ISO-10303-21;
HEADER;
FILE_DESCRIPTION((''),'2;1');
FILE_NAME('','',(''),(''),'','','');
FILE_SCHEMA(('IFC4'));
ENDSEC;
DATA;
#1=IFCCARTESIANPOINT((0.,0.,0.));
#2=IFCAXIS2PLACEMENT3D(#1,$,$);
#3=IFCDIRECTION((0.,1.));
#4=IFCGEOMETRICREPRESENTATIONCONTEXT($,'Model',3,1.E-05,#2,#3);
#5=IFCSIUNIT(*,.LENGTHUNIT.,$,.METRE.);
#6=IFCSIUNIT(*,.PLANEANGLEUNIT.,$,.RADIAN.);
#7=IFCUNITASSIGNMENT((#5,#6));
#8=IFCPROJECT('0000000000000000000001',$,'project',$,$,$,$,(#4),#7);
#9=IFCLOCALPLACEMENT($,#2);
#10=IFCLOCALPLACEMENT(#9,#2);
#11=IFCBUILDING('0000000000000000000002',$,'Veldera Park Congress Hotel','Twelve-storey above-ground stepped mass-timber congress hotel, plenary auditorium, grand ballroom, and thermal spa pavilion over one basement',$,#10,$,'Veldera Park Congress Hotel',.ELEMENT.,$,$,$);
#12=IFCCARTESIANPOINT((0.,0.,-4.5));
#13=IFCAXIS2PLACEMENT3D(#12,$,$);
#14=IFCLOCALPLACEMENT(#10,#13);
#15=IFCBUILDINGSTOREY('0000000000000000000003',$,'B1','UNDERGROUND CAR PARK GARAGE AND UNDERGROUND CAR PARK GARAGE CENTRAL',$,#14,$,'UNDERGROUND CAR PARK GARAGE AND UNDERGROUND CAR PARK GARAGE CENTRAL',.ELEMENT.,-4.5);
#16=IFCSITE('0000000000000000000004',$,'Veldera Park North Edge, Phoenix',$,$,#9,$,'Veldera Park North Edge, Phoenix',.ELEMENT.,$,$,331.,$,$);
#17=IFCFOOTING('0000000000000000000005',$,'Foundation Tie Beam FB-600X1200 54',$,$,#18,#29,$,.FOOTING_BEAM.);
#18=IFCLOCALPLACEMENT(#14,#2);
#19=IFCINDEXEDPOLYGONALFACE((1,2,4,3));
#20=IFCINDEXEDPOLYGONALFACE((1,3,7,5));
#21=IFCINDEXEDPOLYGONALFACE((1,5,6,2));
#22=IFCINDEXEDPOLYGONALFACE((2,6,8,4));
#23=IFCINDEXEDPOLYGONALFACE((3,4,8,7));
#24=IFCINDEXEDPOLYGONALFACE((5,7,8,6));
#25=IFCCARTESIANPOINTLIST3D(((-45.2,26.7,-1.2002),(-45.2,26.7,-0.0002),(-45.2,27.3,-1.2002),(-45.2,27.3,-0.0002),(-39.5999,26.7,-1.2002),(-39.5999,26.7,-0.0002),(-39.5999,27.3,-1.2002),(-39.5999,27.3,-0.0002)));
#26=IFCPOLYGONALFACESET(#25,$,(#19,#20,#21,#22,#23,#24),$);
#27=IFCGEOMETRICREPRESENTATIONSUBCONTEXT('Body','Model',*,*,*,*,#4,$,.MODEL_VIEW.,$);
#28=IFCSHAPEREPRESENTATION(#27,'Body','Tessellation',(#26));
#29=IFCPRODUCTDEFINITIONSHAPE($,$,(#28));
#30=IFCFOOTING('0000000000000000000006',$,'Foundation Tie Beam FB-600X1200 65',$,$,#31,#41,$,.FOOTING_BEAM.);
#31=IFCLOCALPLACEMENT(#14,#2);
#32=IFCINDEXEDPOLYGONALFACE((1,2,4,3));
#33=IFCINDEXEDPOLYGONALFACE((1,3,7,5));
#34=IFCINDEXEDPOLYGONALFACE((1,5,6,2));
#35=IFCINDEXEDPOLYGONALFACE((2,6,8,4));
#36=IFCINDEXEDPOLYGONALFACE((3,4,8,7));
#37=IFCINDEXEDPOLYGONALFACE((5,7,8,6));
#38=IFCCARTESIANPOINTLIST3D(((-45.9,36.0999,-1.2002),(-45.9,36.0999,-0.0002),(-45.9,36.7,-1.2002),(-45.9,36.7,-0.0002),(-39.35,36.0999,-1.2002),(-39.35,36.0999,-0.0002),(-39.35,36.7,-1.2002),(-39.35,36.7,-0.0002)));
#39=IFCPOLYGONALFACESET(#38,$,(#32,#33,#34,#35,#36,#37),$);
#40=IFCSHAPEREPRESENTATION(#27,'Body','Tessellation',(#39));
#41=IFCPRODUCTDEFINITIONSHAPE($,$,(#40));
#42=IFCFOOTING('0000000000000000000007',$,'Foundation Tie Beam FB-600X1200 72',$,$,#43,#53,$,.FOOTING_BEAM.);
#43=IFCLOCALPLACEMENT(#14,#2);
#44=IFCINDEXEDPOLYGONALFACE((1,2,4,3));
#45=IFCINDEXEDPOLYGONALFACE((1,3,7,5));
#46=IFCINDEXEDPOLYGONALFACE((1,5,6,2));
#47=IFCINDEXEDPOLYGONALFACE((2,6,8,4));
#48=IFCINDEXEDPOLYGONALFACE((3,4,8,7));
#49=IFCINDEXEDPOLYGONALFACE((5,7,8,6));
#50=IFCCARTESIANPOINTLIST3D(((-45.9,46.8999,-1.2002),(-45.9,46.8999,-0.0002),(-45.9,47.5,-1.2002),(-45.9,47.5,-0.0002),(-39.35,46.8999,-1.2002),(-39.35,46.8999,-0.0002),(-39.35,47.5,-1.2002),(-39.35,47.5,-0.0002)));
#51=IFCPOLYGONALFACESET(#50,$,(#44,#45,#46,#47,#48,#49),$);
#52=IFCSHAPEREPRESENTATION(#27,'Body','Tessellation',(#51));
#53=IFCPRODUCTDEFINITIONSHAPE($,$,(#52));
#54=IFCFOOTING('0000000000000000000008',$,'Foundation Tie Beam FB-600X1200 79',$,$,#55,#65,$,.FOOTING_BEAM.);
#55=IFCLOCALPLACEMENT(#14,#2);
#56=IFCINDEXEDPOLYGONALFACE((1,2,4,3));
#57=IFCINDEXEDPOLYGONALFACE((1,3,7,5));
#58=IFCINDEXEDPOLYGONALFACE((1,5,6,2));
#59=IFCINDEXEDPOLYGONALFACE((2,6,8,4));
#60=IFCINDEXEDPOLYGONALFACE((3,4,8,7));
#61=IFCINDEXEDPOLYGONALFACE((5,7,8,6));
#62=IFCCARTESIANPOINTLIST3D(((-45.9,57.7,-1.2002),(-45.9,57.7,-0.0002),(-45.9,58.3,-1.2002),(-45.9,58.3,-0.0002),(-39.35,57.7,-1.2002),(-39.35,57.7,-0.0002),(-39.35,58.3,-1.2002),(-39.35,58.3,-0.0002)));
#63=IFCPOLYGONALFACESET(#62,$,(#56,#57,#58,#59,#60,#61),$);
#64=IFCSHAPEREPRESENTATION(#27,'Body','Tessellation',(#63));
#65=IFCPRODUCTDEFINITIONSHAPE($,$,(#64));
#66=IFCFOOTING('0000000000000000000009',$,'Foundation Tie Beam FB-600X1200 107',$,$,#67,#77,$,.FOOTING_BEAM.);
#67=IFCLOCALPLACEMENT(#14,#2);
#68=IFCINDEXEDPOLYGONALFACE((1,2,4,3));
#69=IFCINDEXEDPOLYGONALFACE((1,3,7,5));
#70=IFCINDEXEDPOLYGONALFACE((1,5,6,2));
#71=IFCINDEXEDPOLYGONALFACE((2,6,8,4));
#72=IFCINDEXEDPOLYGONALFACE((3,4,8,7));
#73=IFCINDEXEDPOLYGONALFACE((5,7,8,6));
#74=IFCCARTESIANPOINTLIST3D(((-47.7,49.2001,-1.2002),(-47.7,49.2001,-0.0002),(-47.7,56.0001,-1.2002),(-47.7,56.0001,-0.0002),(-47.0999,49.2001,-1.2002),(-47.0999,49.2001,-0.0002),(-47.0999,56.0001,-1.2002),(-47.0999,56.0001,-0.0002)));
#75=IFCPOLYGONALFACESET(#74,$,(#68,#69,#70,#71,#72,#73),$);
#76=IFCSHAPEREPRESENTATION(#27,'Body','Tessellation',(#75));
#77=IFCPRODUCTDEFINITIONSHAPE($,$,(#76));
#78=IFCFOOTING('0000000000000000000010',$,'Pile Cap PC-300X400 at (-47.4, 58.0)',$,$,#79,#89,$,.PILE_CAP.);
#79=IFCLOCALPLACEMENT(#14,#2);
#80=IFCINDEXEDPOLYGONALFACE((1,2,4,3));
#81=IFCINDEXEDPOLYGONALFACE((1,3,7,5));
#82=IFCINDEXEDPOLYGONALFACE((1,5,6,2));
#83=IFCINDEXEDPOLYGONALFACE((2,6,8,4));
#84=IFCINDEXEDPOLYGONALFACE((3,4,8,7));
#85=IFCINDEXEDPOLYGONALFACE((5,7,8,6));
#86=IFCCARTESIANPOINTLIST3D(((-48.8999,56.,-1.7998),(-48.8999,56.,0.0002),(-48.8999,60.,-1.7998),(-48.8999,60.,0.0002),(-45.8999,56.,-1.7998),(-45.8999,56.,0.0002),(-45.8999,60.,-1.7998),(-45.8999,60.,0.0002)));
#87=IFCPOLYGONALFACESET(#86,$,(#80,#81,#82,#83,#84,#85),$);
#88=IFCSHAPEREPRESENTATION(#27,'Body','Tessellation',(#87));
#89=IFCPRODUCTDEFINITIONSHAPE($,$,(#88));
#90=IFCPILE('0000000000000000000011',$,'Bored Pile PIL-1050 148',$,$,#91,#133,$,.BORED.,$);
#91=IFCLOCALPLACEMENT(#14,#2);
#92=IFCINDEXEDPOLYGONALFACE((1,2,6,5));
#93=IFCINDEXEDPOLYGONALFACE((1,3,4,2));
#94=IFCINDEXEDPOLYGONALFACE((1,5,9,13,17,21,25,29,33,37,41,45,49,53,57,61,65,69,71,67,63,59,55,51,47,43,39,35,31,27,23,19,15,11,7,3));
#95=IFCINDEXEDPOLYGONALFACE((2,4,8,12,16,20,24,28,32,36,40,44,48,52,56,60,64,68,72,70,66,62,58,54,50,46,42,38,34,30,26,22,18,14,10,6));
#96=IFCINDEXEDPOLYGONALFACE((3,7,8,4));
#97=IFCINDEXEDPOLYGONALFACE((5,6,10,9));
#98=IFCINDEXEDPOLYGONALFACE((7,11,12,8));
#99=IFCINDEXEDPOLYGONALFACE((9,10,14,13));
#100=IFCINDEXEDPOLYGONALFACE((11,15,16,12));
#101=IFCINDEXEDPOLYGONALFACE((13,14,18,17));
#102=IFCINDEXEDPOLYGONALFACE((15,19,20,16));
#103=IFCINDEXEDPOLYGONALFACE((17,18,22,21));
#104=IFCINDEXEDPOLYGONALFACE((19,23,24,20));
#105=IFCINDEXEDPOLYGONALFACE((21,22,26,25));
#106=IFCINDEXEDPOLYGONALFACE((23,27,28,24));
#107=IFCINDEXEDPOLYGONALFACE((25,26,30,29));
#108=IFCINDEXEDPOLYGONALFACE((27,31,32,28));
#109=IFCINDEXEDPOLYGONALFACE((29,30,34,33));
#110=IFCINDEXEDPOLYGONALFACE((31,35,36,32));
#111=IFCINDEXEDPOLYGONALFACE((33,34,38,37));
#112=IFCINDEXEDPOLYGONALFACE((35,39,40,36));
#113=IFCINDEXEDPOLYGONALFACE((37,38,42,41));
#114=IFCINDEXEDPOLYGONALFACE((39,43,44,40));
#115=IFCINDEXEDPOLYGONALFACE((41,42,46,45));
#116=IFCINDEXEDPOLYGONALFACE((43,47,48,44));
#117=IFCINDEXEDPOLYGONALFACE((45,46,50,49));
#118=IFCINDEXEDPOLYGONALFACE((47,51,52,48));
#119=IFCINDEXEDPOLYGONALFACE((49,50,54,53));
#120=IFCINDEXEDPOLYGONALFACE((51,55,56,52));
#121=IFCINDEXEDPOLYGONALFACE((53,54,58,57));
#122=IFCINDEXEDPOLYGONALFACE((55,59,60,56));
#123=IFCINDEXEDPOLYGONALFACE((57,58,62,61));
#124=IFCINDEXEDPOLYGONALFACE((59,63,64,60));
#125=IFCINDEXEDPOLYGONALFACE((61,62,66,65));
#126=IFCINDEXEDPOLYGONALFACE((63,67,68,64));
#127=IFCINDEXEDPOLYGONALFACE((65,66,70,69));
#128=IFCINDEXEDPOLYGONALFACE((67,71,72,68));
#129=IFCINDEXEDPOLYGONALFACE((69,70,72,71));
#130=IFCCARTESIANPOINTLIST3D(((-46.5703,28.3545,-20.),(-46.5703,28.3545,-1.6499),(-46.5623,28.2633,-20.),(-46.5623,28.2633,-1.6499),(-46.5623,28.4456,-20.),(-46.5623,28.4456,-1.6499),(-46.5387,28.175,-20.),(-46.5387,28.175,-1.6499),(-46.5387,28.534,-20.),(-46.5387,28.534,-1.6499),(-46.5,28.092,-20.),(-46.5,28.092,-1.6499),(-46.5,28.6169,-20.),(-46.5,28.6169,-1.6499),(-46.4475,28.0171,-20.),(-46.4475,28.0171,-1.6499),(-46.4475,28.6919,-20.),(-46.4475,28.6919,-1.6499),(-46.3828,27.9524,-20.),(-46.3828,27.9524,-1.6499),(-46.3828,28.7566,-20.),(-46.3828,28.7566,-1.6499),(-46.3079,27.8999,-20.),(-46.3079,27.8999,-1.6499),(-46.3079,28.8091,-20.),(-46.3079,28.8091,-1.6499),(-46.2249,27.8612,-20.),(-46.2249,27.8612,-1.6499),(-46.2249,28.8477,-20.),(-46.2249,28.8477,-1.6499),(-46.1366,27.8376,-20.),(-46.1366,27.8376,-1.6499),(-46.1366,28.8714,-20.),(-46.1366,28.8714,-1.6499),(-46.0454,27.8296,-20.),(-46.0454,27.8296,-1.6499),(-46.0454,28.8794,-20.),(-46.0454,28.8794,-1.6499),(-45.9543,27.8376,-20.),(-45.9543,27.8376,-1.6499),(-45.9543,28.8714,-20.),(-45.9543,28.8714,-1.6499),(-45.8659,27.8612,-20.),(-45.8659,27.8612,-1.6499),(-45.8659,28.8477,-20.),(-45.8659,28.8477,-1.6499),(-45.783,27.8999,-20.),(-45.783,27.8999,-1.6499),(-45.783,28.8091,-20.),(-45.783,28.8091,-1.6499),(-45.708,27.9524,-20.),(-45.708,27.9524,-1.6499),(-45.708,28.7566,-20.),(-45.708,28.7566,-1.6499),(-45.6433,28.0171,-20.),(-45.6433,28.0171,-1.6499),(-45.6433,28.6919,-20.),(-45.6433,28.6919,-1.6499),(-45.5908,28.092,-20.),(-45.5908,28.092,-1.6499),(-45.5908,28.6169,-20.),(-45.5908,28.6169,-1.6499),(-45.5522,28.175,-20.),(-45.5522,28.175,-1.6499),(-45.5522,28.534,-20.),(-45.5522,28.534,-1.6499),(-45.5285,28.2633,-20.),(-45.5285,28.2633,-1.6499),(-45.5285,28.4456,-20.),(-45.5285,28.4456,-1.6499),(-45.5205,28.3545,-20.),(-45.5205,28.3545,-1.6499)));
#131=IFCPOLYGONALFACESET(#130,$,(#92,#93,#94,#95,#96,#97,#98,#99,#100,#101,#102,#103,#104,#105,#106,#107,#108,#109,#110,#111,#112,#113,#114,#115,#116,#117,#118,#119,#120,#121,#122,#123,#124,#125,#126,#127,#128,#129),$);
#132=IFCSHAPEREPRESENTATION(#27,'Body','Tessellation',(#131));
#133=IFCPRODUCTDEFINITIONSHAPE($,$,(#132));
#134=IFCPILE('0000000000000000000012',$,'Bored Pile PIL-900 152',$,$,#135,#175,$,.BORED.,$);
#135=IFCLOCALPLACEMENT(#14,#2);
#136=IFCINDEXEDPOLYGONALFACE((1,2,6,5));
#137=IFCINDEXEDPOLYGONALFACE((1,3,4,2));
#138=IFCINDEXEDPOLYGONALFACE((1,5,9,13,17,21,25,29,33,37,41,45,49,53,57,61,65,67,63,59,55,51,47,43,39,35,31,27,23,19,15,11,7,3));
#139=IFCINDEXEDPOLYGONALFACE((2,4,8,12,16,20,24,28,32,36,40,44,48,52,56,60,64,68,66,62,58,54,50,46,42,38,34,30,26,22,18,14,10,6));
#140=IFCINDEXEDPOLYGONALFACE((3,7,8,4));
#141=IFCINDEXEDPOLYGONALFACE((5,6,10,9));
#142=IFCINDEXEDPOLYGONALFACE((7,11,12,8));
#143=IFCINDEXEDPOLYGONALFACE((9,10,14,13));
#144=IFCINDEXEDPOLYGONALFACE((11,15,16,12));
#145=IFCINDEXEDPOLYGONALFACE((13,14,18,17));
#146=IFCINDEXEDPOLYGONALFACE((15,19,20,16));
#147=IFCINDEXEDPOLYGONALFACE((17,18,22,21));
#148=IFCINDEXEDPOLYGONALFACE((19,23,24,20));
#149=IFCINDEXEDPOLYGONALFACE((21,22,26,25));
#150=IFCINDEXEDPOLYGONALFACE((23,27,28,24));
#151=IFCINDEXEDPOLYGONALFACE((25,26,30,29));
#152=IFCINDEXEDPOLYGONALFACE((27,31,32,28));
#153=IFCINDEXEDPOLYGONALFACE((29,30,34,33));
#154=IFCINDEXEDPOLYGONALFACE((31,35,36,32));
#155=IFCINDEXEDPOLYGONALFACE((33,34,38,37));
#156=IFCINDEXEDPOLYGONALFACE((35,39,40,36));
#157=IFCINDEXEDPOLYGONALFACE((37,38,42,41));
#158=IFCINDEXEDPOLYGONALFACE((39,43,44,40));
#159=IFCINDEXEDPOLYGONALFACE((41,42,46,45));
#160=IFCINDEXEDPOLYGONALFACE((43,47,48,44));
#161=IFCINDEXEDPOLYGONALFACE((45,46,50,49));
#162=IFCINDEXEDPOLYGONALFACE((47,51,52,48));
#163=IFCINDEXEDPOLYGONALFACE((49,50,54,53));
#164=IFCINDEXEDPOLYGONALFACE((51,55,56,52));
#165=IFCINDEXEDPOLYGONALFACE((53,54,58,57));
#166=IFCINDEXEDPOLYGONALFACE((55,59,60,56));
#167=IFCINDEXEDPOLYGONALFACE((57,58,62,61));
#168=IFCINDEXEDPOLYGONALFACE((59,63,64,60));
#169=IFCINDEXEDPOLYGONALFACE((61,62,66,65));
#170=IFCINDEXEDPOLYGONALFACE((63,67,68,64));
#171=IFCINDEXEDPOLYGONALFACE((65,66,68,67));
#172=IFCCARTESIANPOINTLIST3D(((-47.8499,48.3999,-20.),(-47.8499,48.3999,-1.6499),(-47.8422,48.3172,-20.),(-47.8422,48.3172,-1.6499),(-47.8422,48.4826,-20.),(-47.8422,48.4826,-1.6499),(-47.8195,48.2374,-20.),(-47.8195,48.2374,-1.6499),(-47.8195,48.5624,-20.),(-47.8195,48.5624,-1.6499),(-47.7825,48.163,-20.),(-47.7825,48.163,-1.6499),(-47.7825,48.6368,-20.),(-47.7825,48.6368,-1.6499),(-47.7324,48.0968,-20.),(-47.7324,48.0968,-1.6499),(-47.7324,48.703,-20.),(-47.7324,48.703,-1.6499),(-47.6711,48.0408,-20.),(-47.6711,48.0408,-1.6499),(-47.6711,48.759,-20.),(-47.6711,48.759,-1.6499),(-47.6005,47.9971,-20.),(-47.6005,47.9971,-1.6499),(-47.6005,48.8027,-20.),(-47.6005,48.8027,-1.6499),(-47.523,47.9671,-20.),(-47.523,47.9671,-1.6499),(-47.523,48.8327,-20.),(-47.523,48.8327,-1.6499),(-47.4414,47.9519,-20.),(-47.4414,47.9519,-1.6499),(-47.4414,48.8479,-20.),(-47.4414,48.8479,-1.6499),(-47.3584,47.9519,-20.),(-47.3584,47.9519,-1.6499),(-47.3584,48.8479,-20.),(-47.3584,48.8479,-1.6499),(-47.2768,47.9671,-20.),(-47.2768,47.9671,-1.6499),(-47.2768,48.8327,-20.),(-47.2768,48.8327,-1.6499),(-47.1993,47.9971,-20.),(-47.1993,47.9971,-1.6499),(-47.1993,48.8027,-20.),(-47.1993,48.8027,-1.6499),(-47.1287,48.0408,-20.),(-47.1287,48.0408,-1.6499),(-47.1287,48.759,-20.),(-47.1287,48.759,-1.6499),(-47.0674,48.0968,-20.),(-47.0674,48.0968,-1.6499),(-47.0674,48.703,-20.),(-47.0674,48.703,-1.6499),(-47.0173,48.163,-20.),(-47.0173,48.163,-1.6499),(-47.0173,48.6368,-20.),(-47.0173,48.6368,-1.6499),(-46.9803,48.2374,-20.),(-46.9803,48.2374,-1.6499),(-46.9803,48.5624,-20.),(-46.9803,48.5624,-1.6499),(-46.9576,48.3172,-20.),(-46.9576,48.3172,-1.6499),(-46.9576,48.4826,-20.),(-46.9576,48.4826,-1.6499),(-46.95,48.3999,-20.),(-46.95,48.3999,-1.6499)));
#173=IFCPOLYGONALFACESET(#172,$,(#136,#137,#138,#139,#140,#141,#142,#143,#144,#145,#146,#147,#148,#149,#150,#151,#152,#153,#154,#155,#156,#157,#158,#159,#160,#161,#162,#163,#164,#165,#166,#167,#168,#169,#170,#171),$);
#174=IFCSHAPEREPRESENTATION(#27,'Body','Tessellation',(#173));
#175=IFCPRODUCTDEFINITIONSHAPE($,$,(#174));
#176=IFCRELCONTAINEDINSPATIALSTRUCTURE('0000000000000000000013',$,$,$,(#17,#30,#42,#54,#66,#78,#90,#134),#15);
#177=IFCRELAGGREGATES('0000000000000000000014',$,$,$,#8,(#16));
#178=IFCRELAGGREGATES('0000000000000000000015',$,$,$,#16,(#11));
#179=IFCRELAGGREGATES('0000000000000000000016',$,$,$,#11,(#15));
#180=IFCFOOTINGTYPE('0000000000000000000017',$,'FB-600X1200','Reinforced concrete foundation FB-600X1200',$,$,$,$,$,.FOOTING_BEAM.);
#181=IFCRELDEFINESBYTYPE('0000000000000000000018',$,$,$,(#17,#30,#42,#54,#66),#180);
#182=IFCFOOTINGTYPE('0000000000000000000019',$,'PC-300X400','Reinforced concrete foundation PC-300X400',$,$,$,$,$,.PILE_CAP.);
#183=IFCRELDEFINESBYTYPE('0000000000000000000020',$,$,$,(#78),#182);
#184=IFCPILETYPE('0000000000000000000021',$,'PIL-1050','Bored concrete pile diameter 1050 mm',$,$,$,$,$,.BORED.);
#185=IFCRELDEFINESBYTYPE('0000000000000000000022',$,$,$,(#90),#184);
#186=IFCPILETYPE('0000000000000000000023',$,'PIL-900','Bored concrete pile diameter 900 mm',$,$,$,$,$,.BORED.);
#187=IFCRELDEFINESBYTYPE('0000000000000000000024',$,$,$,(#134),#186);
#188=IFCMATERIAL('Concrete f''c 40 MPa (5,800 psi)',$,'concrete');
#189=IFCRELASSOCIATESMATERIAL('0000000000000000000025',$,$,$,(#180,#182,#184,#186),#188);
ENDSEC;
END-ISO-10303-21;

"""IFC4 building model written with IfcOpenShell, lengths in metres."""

from ifc_helpers import new_model, si_unit, direction, frame, origin, origin_2d, place, context, subcontext, project, spatial, rectangle, circle, extrude, material, material_profile, profile_set, type_object, element, save


model = new_model("IFC4")

# Units and contexts
model_context = context("Model", 3, precision=1e-05, world=origin(), true_north=direction((0.0, 1.0)))
body_context = subcontext(model_context, "Body", "Model", "MODEL_VIEW")
ifc_project = project(units=[si_unit("LENGTHUNIT", "METRE"), si_unit("PLANEANGLEUNIT", "RADIAN")], contexts=[model_context])

# Site, building, storey
site_placement = place(None, origin())
site = spatial("IfcSite", under=ifc_project, at=site_placement, Name="Veldera Park North Edge, Phoenix", LongName="Veldera Park North Edge, Phoenix", CompositionType="ELEMENT", RefElevation=331.0)
building_placement = place(site_placement, origin())
building = spatial("IfcBuilding", under=site, at=building_placement, Name="Veldera Park Congress Hotel", Description="Twelve-storey above-ground stepped mass-timber congress hotel, plenary auditorium, grand ballroom, and thermal spa pavilion over one basement", LongName="Veldera Park Congress Hotel", CompositionType="ELEMENT")
storey_placement = place(building_placement, frame((0.0, 0.0, -4.5)))
storey = spatial("IfcBuildingStorey", under=building, at=storey_placement, Name="B1", Description="UNDERGROUND CAR PARK GARAGE AND UNDERGROUND CAR PARK GARAGE CENTRAL", LongName="UNDERGROUND CAR PARK GARAGE AND UNDERGROUND CAR PARK GARAGE CENTRAL", CompositionType="ELEMENT", Elevation=-4.5)

# Footings
ifc_material_1 = material(Name="Concrete f'c 40 MPa (5,800 psi)", Category="concrete")
footing_type_1 = type_object("IfcFootingType", Name="FB-600X1200", Description="Reinforced concrete foundation FB-600X1200", PredefinedType="FOOTING_BEAM", material=ifc_material_1)
footing_1_placement = place(storey_placement, frame((-42.3999, 27.0, -1.2002), z_axis=(0.0, 0.0, 1.0), x_axis=(1.0, 0.0, 0.0)))
element("IfcFooting", 1, at=footing_1_placement, inside=storey, type_object=footing_type_1, Name="Foundation Tie Beam FB-600X1200 54", PredefinedType="FOOTING_BEAM", context=body_context, shape_type="SweptSolid", body=[
    extrude(rectangle(XDim=5.6001, YDim=0.6001, at=origin_2d()), origin(), (0.0, 0.0, 1.0), 1.2),
])
for number, where, z_axis, x_axis, name in (
    (2, (-42.625, 36.3999, -1.2002), (0.0, 0.0, 1.0), (1.0, 0.0, 0.0), "Foundation Tie Beam FB-600X1200 65"),
    (3, (-42.625, 47.2, -1.2002), (0.0, 0.0, 1.0), (1.0, 0.0, 0.0), "Foundation Tie Beam FB-600X1200 72"),
    (4, (-42.625, 58.0, -1.2002), (0.0, 0.0, 1.0), (1.0, 0.0, 0.0), "Foundation Tie Beam FB-600X1200 79"),
):
    element("IfcFooting", number, at=place(storey_placement, frame(where, z_axis=z_axis, x_axis=x_axis)), inside=storey, type_object=footing_type_1, Name=name, PredefinedType="FOOTING_BEAM", context=body_context, shape_type="SweptSolid", body=[
        extrude(rectangle(XDim=6.55, YDim=0.6001, at=origin_2d()), origin(), (0.0, 0.0, 1.0), 1.2),
    ])
footing_2_placement = place(storey_placement, frame((-47.3999, 52.6001, -1.2002), z_axis=(0.0, 0.0, 1.0), x_axis=(0.0, 1.0, 0.0)))
element("IfcFooting", 5, at=footing_2_placement, inside=storey, type_object=footing_type_1, Name="Foundation Tie Beam FB-600X1200 107", PredefinedType="FOOTING_BEAM", context=body_context, shape_type="SweptSolid", body=[
    extrude(rectangle(XDim=6.8, YDim=0.6001, at=origin_2d()), origin(), (0.0, 0.0, 1.0), 1.2),
])
footing_type_2 = type_object("IfcFootingType", Name="PC-300X400", Description="Reinforced concrete foundation PC-300X400", PredefinedType="PILE_CAP", material=ifc_material_1)
footing_3_placement = place(storey_placement, frame((-47.3999, 58.0, -1.7998), z_axis=(0.0, 0.0, 1.0), x_axis=(1.0, 0.0, 0.0)))
element("IfcFooting", 6, at=footing_3_placement, inside=storey, type_object=footing_type_2, Name="Pile Cap PC-300X400 at (-47.4, 58.0)", PredefinedType="PILE_CAP", context=body_context, shape_type="SweptSolid", body=[
    extrude(rectangle(XDim=3.0, YDim=4.0, at=origin_2d()), origin(), (0.0, 0.0, 1.0), 1.8),
])

# Piles
ifc_material_profile_1 = material_profile(ifc_material_1, circle(Radius=0.5249, at=origin_2d()), Name="PILE D1050")
ifc_profile_set_1 = profile_set([ifc_material_profile_1], Name="Concrete f'c 40 MPa (5,800 psi)")
pile_type_1 = type_object("IfcPileType", Name="PIL-1050", Description="Bored concrete pile diameter 1050 mm", PredefinedType="BORED", material=ifc_profile_set_1)
pile_placement = place(storey_placement, frame((-46.0454, 28.3545, -1.6499), z_axis=(0.0, 0.0, -1.0), x_axis=(1.0, 0.0, 0.0)))
element("IfcPile", 7, at=pile_placement, inside=storey, type_object=pile_type_1, Name="Bored Pile PIL-1050 148", PredefinedType="BORED", context=body_context, shape_type="SweptSolid", body=[
    extrude(circle(Radius=0.5249, at=origin_2d()), origin(), (0.0, 0.0, 1.0), 18.3501),
])
ifc_material_profile_2 = material_profile(ifc_material_1, circle(Radius=0.45, at=origin_2d()), Name="PILE D900")
ifc_profile_set_2 = profile_set([ifc_material_profile_2], Name="Concrete f'c 40 MPa (5,800 psi)")
pile_type_2 = type_object("IfcPileType", Name="PIL-900", Description="Bored concrete pile diameter 900 mm", PredefinedType="BORED", material=ifc_profile_set_2)
for number, where, z_axis, x_axis, name in (
    (8, (-47.3999, 48.3999, -1.6499), (0.0, 0.0, -1.0), (1.0, 0.0, 0.0), "Bored Pile PIL-900 152"),
):
    element("IfcPile", number, at=place(storey_placement, frame(where, z_axis=z_axis, x_axis=x_axis)), inside=storey, type_object=pile_type_2, Name=name, PredefinedType="BORED", context=body_context, shape_type="SweptSolid", body=[
        extrude(circle(Radius=0.45, at=origin_2d()), origin(), (0.0, 0.0, 1.0), 18.3501),
    ])

save(model, "model.ifc")
